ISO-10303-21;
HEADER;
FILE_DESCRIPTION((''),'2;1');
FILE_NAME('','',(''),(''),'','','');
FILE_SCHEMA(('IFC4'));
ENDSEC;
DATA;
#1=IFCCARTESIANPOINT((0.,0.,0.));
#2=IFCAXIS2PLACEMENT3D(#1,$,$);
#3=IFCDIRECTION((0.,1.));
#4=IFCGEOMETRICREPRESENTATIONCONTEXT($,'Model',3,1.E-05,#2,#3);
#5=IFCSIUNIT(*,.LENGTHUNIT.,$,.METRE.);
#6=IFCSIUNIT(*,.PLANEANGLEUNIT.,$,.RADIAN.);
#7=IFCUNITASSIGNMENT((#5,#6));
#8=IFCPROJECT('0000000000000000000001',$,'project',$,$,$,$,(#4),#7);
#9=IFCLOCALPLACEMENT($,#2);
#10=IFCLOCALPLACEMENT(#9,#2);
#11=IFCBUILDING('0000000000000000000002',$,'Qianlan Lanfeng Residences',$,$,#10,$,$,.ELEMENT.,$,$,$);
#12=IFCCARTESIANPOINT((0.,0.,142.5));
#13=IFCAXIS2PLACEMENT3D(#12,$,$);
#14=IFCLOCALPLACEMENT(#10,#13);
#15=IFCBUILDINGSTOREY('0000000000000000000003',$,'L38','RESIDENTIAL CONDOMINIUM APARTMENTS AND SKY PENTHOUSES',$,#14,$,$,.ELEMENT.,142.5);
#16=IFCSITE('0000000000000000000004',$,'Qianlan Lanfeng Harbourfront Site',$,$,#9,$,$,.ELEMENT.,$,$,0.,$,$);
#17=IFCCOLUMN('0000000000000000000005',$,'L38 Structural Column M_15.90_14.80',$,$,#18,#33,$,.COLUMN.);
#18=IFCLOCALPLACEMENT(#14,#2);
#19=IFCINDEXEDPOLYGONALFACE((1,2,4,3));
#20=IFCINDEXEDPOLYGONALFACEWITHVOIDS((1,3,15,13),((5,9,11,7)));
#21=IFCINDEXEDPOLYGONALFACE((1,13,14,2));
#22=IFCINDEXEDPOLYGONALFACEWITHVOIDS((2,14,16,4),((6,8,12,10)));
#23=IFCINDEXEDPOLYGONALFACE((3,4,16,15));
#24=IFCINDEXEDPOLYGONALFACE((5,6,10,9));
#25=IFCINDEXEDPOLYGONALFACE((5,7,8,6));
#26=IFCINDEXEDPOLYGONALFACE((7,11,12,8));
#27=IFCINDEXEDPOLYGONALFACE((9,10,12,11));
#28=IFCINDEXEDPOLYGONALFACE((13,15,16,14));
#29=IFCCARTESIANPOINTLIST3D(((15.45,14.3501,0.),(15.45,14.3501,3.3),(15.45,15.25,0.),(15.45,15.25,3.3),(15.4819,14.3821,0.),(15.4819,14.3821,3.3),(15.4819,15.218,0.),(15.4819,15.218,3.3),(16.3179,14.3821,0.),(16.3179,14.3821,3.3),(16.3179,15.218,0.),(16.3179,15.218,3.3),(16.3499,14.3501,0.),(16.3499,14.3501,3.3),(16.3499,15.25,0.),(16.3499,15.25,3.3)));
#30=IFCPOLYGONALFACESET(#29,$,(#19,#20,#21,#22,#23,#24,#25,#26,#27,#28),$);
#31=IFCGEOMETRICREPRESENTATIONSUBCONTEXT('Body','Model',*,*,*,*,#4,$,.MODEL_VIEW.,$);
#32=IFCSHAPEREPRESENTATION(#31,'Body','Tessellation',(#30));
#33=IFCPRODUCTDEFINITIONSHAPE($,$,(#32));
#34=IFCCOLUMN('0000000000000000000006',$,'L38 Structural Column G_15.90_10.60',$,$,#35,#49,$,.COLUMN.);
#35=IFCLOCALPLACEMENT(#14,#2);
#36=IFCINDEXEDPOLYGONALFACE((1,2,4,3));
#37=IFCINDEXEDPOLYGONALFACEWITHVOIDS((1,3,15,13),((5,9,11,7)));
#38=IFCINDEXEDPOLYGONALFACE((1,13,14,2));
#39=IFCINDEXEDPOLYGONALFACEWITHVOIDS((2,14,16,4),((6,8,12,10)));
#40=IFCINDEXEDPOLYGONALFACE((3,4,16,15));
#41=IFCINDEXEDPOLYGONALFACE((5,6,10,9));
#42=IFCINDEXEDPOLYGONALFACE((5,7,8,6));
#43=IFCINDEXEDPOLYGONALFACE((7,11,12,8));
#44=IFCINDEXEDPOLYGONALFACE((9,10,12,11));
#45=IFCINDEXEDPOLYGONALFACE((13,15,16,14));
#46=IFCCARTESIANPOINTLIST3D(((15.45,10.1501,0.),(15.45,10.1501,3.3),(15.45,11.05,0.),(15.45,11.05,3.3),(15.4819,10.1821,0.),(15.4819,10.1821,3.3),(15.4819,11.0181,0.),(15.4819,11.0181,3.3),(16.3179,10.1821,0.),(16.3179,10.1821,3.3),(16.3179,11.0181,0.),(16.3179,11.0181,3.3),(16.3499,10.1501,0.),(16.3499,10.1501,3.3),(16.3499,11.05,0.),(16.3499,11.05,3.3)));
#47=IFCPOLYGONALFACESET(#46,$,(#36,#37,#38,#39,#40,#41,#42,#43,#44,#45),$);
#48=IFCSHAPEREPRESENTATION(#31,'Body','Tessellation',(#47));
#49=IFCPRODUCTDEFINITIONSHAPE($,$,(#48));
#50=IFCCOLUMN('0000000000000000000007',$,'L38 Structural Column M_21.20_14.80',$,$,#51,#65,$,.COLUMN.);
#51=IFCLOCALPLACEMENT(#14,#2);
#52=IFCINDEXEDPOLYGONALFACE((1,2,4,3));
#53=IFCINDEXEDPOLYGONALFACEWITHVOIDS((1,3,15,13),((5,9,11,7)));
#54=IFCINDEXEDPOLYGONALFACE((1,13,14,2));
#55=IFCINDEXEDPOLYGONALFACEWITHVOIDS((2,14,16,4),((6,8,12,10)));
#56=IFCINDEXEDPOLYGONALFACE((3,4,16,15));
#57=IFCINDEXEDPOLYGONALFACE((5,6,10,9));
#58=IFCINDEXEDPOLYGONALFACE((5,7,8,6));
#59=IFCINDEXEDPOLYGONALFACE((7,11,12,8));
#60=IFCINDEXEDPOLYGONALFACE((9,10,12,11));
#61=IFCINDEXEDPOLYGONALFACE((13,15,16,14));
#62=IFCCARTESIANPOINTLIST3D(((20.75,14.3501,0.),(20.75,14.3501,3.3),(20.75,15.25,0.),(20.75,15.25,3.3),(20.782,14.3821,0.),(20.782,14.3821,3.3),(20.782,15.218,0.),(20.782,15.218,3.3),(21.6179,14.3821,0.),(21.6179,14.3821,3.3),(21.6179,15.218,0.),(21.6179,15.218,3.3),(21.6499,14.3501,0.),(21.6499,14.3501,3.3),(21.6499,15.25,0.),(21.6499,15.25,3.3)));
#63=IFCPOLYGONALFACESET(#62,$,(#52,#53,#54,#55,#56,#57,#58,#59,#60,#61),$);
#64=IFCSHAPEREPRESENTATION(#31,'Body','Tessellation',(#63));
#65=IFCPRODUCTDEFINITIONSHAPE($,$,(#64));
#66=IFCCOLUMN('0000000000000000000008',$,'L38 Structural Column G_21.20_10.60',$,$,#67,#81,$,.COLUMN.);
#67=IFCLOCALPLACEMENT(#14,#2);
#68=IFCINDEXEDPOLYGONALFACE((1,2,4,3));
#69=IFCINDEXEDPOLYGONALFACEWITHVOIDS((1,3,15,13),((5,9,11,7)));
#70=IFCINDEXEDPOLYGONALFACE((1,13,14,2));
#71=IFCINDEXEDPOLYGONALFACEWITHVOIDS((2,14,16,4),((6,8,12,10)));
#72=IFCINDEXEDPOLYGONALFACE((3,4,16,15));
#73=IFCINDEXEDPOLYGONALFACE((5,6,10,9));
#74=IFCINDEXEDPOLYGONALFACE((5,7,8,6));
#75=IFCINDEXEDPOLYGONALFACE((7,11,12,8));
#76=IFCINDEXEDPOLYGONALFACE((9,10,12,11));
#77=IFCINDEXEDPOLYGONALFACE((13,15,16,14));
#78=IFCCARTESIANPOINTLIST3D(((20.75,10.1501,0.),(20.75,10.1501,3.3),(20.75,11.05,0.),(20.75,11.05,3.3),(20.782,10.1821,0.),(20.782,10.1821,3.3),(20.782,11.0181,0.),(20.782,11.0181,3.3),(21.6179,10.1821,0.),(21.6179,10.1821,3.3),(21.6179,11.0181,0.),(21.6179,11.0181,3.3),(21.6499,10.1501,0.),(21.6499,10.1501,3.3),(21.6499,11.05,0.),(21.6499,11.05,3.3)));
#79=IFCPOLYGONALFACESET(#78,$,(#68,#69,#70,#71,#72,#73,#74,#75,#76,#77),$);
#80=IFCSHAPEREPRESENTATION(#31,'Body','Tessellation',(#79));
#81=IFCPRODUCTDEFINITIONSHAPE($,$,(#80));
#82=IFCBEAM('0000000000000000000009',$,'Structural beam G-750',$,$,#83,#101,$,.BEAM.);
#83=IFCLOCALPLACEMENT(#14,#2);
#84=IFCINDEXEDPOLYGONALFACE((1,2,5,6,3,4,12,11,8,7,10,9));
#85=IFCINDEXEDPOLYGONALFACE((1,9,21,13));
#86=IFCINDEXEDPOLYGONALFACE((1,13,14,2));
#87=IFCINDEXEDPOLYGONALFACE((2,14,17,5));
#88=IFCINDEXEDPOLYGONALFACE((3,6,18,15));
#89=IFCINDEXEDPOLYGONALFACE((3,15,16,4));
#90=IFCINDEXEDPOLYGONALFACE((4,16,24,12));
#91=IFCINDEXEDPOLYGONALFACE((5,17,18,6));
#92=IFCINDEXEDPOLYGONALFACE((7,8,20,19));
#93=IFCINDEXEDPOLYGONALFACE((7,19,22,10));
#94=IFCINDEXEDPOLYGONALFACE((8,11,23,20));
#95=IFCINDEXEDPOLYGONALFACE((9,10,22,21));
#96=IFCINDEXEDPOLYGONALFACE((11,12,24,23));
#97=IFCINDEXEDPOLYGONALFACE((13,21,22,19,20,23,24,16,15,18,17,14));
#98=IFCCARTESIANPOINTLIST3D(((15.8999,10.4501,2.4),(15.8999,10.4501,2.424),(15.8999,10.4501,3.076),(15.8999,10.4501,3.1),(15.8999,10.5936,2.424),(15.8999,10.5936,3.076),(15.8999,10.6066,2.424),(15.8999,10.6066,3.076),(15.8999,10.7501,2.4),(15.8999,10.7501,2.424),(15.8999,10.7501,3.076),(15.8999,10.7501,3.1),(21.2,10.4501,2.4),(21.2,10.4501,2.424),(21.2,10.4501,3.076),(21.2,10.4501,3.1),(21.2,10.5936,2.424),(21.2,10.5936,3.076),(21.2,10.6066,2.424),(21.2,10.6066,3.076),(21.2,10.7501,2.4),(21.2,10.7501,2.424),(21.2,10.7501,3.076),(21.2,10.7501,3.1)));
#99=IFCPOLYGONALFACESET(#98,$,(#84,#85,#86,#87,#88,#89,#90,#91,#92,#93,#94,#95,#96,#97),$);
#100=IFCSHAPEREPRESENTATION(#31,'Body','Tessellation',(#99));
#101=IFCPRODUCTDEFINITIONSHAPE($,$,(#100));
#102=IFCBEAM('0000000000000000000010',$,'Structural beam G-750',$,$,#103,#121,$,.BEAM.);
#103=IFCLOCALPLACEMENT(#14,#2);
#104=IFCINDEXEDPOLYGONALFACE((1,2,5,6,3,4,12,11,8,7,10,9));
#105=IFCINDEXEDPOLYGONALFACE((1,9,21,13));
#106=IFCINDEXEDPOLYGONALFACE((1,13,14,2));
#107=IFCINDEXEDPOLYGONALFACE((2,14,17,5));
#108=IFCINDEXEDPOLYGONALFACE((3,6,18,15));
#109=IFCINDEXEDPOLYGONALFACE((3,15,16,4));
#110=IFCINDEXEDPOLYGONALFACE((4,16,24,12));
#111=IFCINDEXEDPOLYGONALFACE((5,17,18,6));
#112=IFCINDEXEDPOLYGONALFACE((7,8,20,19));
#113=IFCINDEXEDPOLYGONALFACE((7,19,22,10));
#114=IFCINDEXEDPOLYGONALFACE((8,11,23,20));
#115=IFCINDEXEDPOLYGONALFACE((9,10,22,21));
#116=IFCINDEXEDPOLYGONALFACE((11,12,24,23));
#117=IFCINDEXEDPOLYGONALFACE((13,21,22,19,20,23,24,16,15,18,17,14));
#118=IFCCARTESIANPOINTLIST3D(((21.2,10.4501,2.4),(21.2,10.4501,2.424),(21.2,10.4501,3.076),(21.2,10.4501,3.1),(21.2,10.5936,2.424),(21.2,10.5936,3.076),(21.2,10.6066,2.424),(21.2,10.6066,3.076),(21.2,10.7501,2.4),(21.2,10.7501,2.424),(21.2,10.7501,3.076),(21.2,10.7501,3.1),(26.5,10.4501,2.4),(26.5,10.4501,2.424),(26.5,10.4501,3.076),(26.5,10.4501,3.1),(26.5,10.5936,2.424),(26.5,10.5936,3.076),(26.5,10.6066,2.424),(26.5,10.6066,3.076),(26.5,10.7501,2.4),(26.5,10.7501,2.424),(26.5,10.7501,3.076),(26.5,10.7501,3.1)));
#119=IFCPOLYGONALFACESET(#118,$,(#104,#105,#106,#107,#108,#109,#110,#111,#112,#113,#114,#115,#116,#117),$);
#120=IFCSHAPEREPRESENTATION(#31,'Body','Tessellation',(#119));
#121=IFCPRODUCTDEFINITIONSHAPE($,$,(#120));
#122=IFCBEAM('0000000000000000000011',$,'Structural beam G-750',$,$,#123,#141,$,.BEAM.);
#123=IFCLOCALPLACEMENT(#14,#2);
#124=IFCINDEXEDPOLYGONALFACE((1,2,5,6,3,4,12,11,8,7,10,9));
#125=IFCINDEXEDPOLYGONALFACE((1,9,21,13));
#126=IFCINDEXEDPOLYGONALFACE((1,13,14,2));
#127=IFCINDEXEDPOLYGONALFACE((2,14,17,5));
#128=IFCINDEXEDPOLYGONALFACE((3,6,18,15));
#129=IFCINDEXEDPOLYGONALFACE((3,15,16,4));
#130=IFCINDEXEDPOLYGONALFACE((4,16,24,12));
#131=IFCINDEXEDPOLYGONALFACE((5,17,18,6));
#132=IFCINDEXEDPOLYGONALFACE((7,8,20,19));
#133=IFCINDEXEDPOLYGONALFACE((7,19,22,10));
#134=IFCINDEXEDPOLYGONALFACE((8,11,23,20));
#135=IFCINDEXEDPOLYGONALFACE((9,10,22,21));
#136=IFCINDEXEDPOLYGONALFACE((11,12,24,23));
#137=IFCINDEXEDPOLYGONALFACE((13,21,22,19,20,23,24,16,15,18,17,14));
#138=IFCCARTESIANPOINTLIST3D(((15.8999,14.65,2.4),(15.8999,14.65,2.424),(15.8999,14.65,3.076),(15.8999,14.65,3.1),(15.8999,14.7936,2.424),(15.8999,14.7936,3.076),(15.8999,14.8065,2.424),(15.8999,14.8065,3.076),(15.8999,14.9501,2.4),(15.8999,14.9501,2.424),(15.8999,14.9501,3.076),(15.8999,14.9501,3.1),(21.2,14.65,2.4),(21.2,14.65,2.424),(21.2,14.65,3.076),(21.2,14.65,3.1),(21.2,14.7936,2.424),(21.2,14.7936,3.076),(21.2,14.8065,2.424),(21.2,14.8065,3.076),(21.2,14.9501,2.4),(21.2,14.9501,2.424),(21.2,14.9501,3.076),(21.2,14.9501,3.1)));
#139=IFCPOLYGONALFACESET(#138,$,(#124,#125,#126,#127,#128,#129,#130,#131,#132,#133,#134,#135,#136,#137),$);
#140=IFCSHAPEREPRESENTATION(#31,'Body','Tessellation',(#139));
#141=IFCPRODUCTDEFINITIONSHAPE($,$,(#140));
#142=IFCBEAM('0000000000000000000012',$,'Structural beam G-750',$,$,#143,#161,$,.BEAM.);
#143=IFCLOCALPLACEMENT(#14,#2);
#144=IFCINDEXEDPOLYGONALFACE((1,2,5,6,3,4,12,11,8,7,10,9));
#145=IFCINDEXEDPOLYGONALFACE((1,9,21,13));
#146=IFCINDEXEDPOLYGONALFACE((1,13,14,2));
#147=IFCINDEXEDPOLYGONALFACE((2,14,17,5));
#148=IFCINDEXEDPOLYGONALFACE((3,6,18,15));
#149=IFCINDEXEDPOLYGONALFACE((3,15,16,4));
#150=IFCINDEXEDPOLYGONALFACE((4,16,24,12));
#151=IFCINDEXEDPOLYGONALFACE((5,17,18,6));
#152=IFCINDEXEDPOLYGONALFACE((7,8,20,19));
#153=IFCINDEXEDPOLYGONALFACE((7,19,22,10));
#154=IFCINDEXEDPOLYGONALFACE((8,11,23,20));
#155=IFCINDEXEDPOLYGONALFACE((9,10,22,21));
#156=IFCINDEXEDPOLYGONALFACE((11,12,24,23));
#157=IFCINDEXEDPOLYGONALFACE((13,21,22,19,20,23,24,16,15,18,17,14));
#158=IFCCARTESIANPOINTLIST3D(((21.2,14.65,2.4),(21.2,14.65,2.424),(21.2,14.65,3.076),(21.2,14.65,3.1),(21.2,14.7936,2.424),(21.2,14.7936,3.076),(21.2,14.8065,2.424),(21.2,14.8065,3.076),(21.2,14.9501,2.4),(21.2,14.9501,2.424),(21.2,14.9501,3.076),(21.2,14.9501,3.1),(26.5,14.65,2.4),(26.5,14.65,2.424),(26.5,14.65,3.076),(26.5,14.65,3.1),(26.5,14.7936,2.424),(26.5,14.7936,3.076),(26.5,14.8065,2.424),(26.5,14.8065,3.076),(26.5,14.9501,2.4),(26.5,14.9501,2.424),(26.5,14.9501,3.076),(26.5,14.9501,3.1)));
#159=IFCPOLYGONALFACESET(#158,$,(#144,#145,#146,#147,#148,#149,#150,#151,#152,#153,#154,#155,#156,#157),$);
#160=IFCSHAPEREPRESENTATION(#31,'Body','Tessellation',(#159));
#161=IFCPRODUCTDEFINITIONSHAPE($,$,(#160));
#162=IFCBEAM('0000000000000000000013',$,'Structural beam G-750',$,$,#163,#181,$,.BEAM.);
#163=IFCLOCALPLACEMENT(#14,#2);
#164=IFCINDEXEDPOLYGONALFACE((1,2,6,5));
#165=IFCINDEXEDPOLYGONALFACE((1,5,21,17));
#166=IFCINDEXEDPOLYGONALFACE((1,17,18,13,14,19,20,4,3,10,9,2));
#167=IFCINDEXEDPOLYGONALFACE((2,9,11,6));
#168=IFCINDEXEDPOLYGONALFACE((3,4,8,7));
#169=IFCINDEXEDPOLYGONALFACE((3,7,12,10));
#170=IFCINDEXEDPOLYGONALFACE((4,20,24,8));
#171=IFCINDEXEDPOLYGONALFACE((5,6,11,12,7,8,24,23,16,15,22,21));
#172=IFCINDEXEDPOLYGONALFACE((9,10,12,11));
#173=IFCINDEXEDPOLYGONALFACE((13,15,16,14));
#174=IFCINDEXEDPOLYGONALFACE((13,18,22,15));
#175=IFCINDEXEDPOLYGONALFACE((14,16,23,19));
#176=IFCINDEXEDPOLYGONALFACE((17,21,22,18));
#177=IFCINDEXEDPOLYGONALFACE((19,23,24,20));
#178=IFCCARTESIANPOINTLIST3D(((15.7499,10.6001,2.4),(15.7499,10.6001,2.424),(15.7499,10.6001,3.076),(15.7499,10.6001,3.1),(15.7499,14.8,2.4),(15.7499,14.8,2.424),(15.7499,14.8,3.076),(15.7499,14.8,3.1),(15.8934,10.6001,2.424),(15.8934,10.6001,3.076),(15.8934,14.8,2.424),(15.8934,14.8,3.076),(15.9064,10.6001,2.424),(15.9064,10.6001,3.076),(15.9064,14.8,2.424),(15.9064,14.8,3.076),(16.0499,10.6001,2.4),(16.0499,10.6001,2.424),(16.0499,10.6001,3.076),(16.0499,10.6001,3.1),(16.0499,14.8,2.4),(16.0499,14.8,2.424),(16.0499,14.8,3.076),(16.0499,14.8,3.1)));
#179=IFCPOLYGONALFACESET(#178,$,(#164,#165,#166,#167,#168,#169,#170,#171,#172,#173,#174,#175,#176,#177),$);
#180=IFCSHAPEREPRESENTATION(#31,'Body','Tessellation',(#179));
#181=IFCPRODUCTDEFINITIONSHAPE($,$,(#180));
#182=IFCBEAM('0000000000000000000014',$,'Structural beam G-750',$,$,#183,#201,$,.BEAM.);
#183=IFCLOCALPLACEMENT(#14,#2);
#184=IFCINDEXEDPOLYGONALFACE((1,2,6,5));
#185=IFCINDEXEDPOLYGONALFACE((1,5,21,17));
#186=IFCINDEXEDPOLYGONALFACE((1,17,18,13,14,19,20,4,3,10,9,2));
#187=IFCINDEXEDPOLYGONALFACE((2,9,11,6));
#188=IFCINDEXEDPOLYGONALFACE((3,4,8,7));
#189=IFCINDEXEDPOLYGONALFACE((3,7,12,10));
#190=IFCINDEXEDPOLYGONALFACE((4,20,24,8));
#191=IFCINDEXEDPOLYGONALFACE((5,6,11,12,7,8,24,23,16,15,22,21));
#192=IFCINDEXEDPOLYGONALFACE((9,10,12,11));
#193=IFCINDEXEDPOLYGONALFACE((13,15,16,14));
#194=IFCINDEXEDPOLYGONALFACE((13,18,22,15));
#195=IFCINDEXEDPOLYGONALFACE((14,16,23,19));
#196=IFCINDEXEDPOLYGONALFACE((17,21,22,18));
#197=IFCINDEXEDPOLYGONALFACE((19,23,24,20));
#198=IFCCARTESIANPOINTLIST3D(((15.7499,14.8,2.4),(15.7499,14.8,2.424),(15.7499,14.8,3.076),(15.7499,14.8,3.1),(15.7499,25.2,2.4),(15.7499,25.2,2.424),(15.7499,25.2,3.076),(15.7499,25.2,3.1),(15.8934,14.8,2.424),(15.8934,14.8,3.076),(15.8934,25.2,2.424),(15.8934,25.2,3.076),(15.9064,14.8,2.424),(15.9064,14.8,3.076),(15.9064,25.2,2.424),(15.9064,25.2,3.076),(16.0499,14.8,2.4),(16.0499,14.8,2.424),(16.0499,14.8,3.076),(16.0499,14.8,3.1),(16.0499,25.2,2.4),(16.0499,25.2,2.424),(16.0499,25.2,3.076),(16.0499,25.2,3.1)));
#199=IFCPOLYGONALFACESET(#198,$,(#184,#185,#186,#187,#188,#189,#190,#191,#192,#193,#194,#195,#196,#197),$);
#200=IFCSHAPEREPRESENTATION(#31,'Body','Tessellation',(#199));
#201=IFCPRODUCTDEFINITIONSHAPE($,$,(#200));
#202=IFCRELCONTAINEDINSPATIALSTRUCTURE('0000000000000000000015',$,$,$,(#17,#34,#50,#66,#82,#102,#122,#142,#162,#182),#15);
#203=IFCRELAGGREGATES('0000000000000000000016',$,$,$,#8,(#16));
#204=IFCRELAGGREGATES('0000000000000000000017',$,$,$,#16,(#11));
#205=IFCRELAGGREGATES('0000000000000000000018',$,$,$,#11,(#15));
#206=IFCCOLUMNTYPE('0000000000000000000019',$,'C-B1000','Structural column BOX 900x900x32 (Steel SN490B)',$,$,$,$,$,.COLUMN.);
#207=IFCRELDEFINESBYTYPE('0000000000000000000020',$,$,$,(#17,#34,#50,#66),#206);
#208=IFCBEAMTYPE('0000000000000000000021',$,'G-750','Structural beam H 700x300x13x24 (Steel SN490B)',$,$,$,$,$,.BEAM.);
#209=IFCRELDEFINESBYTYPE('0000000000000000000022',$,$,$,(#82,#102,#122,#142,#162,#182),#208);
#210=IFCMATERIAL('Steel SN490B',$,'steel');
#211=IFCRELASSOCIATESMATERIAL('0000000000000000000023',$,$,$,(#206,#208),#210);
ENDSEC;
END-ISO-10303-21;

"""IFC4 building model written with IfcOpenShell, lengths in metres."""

from ifc_helpers import new_model, si_unit, direction, frame, origin, origin_2d, place, context, subcontext, project, spatial, hollow_rectangle, i_section, extrude, material, material_profile, profile_set, type_object, element, save


model = new_model("IFC4")

# Units and contexts
model_context = context("Model", 3, precision=1e-05, world=origin(), true_north=direction((0.0, 1.0)))
body_context = subcontext(model_context, "Body", "Model", "MODEL_VIEW")
ifc_project = project(units=[si_unit("LENGTHUNIT", "METRE"), si_unit("PLANEANGLEUNIT", "RADIAN")], contexts=[model_context])

# Site, building, storey
site_placement = place(None, origin())
site = spatial("IfcSite", under=ifc_project, at=site_placement, Name="Qianlan Lanfeng Harbourfront Site", CompositionType="ELEMENT", RefElevation=0.0)
building_placement = place(site_placement, origin())
building = spatial("IfcBuilding", under=site, at=building_placement, Name="Qianlan Lanfeng Residences", CompositionType="ELEMENT")
storey_placement = place(building_placement, frame((0.0, 0.0, 142.5)))
storey = spatial("IfcBuildingStorey", under=building, at=storey_placement, Name="L38", Description="RESIDENTIAL CONDOMINIUM APARTMENTS AND SKY PENTHOUSES", CompositionType="ELEMENT", Elevation=142.5)

# Columns
ifc_material_1 = material(Name="Steel SN490B", Category="steel")
ifc_material_profile_1 = material_profile(ifc_material_1, hollow_rectangle(XDim=0.8999, YDim=0.8999, WallThickness=0.032, at=origin_2d()), Name="BOX 900x900x32")
ifc_profile_set_1 = profile_set([ifc_material_profile_1], Name="Steel SN490B")
column_type = type_object("IfcColumnType", Name="C-B1000", Description="Structural column BOX 900x900x32 (Steel SN490B)", PredefinedType="COLUMN", material=ifc_profile_set_1)
for number, where, z_axis, x_axis, name in (
    (1, (15.8999, 14.8, 0.0), (0.0, 0.0, 1.0), (1.0, 0.0, 0.0), "L38 Structural Column M_15.90_14.80"),
    (2, (15.8999, 10.6001, 0.0), (0.0, 0.0, 1.0), (1.0, 0.0, 0.0), "L38 Structural Column G_15.90_10.60"),
    (3, (21.2, 14.8, 0.0), (0.0, 0.0, 1.0), (1.0, 0.0, 0.0), "L38 Structural Column M_21.20_14.80"),
    (4, (21.2, 10.6001, 0.0), (0.0, 0.0, 1.0), (1.0, 0.0, 0.0), "L38 Structural Column G_21.20_10.60"),
):
    element("IfcColumn", number, at=place(storey_placement, frame(where, z_axis=z_axis, x_axis=x_axis)), inside=storey, type_object=column_type, Name=name, PredefinedType="COLUMN", context=body_context, shape_type="SweptSolid", body=[
        extrude(hollow_rectangle(XDim=0.8999, YDim=0.8999, WallThickness=0.032, at=origin_2d()), origin(), (0.0, 0.0, 1.0), 3.3),
    ])

# Beams
ifc_material_profile_2 = material_profile(ifc_material_1, i_section(OverallWidth=0.3, OverallDepth=0.7, WebThickness=0.0129, FlangeThickness=0.0239, at=origin_2d()), Name="H 700x300x13x24")
ifc_profile_set_2 = profile_set([ifc_material_profile_2], Name="Steel SN490B")
beam_type_1 = type_object("IfcBeamType", Name="G-750", Description="Structural beam H 700x300x13x24 (Steel SN490B)", PredefinedType="BEAM", material=ifc_profile_set_2)
for number, where, z_axis, x_axis, name in (
    (5, (15.8999, 10.6001, 2.75), (1.0, 0.0, 0.0), (0.0, 1.0, 0.0), "Structural beam G-750"),
    (6, (21.2, 10.6001, 2.75), (1.0, 0.0, 0.0), (0.0, 1.0, 0.0), "Structural beam G-750"),
    (7, (15.8999, 14.8, 2.75), (1.0, 0.0, 0.0), (0.0, 1.0, 0.0), "Structural beam G-750"),
    (8, (21.2, 14.8, 2.75), (1.0, 0.0, 0.0), (0.0, 1.0, 0.0), "Structural beam G-750"),
):
    element("IfcBeam", number, at=place(storey_placement, frame(where, z_axis=z_axis, x_axis=x_axis)), inside=storey, type_object=beam_type_1, Name=name, PredefinedType="BEAM", context=body_context, shape_type="SweptSolid", body=[
        extrude(i_section(OverallWidth=0.3, OverallDepth=0.7, WebThickness=0.0129, FlangeThickness=0.0239, at=origin_2d()), origin(), (0.0, 0.0, 1.0), 5.3),
    ])
beam_1_placement = place(storey_placement, frame((15.8999, 10.6001, 2.75), z_axis=(0.0, 1.0, 0.0), x_axis=(-1.0, 0.0, 0.0)))
element("IfcBeam", 9, at=beam_1_placement, inside=storey, type_object=beam_type_1, Name="Structural beam G-750", PredefinedType="BEAM", context=body_context, shape_type="SweptSolid", body=[
    extrude(i_section(OverallWidth=0.3, OverallDepth=0.7, WebThickness=0.0129, FlangeThickness=0.0239, at=origin_2d()), origin(), (0.0, 0.0, 1.0), 4.2),
])
beam_2_placement = place(storey_placement, frame((15.8999, 14.8, 2.75), z_axis=(0.0, 1.0, 0.0), x_axis=(-1.0, 0.0, 0.0)))
element("IfcBeam", 10, at=beam_2_placement, inside=storey, type_object=beam_type_1, Name="Structural beam G-750", PredefinedType="BEAM", context=body_context, shape_type="SweptSolid", body=[
    extrude(i_section(OverallWidth=0.3, OverallDepth=0.7, WebThickness=0.0129, FlangeThickness=0.0239, at=origin_2d()), origin(), (0.0, 0.0, 1.0), 10.3999),
])

save(model, "model.ifc")
